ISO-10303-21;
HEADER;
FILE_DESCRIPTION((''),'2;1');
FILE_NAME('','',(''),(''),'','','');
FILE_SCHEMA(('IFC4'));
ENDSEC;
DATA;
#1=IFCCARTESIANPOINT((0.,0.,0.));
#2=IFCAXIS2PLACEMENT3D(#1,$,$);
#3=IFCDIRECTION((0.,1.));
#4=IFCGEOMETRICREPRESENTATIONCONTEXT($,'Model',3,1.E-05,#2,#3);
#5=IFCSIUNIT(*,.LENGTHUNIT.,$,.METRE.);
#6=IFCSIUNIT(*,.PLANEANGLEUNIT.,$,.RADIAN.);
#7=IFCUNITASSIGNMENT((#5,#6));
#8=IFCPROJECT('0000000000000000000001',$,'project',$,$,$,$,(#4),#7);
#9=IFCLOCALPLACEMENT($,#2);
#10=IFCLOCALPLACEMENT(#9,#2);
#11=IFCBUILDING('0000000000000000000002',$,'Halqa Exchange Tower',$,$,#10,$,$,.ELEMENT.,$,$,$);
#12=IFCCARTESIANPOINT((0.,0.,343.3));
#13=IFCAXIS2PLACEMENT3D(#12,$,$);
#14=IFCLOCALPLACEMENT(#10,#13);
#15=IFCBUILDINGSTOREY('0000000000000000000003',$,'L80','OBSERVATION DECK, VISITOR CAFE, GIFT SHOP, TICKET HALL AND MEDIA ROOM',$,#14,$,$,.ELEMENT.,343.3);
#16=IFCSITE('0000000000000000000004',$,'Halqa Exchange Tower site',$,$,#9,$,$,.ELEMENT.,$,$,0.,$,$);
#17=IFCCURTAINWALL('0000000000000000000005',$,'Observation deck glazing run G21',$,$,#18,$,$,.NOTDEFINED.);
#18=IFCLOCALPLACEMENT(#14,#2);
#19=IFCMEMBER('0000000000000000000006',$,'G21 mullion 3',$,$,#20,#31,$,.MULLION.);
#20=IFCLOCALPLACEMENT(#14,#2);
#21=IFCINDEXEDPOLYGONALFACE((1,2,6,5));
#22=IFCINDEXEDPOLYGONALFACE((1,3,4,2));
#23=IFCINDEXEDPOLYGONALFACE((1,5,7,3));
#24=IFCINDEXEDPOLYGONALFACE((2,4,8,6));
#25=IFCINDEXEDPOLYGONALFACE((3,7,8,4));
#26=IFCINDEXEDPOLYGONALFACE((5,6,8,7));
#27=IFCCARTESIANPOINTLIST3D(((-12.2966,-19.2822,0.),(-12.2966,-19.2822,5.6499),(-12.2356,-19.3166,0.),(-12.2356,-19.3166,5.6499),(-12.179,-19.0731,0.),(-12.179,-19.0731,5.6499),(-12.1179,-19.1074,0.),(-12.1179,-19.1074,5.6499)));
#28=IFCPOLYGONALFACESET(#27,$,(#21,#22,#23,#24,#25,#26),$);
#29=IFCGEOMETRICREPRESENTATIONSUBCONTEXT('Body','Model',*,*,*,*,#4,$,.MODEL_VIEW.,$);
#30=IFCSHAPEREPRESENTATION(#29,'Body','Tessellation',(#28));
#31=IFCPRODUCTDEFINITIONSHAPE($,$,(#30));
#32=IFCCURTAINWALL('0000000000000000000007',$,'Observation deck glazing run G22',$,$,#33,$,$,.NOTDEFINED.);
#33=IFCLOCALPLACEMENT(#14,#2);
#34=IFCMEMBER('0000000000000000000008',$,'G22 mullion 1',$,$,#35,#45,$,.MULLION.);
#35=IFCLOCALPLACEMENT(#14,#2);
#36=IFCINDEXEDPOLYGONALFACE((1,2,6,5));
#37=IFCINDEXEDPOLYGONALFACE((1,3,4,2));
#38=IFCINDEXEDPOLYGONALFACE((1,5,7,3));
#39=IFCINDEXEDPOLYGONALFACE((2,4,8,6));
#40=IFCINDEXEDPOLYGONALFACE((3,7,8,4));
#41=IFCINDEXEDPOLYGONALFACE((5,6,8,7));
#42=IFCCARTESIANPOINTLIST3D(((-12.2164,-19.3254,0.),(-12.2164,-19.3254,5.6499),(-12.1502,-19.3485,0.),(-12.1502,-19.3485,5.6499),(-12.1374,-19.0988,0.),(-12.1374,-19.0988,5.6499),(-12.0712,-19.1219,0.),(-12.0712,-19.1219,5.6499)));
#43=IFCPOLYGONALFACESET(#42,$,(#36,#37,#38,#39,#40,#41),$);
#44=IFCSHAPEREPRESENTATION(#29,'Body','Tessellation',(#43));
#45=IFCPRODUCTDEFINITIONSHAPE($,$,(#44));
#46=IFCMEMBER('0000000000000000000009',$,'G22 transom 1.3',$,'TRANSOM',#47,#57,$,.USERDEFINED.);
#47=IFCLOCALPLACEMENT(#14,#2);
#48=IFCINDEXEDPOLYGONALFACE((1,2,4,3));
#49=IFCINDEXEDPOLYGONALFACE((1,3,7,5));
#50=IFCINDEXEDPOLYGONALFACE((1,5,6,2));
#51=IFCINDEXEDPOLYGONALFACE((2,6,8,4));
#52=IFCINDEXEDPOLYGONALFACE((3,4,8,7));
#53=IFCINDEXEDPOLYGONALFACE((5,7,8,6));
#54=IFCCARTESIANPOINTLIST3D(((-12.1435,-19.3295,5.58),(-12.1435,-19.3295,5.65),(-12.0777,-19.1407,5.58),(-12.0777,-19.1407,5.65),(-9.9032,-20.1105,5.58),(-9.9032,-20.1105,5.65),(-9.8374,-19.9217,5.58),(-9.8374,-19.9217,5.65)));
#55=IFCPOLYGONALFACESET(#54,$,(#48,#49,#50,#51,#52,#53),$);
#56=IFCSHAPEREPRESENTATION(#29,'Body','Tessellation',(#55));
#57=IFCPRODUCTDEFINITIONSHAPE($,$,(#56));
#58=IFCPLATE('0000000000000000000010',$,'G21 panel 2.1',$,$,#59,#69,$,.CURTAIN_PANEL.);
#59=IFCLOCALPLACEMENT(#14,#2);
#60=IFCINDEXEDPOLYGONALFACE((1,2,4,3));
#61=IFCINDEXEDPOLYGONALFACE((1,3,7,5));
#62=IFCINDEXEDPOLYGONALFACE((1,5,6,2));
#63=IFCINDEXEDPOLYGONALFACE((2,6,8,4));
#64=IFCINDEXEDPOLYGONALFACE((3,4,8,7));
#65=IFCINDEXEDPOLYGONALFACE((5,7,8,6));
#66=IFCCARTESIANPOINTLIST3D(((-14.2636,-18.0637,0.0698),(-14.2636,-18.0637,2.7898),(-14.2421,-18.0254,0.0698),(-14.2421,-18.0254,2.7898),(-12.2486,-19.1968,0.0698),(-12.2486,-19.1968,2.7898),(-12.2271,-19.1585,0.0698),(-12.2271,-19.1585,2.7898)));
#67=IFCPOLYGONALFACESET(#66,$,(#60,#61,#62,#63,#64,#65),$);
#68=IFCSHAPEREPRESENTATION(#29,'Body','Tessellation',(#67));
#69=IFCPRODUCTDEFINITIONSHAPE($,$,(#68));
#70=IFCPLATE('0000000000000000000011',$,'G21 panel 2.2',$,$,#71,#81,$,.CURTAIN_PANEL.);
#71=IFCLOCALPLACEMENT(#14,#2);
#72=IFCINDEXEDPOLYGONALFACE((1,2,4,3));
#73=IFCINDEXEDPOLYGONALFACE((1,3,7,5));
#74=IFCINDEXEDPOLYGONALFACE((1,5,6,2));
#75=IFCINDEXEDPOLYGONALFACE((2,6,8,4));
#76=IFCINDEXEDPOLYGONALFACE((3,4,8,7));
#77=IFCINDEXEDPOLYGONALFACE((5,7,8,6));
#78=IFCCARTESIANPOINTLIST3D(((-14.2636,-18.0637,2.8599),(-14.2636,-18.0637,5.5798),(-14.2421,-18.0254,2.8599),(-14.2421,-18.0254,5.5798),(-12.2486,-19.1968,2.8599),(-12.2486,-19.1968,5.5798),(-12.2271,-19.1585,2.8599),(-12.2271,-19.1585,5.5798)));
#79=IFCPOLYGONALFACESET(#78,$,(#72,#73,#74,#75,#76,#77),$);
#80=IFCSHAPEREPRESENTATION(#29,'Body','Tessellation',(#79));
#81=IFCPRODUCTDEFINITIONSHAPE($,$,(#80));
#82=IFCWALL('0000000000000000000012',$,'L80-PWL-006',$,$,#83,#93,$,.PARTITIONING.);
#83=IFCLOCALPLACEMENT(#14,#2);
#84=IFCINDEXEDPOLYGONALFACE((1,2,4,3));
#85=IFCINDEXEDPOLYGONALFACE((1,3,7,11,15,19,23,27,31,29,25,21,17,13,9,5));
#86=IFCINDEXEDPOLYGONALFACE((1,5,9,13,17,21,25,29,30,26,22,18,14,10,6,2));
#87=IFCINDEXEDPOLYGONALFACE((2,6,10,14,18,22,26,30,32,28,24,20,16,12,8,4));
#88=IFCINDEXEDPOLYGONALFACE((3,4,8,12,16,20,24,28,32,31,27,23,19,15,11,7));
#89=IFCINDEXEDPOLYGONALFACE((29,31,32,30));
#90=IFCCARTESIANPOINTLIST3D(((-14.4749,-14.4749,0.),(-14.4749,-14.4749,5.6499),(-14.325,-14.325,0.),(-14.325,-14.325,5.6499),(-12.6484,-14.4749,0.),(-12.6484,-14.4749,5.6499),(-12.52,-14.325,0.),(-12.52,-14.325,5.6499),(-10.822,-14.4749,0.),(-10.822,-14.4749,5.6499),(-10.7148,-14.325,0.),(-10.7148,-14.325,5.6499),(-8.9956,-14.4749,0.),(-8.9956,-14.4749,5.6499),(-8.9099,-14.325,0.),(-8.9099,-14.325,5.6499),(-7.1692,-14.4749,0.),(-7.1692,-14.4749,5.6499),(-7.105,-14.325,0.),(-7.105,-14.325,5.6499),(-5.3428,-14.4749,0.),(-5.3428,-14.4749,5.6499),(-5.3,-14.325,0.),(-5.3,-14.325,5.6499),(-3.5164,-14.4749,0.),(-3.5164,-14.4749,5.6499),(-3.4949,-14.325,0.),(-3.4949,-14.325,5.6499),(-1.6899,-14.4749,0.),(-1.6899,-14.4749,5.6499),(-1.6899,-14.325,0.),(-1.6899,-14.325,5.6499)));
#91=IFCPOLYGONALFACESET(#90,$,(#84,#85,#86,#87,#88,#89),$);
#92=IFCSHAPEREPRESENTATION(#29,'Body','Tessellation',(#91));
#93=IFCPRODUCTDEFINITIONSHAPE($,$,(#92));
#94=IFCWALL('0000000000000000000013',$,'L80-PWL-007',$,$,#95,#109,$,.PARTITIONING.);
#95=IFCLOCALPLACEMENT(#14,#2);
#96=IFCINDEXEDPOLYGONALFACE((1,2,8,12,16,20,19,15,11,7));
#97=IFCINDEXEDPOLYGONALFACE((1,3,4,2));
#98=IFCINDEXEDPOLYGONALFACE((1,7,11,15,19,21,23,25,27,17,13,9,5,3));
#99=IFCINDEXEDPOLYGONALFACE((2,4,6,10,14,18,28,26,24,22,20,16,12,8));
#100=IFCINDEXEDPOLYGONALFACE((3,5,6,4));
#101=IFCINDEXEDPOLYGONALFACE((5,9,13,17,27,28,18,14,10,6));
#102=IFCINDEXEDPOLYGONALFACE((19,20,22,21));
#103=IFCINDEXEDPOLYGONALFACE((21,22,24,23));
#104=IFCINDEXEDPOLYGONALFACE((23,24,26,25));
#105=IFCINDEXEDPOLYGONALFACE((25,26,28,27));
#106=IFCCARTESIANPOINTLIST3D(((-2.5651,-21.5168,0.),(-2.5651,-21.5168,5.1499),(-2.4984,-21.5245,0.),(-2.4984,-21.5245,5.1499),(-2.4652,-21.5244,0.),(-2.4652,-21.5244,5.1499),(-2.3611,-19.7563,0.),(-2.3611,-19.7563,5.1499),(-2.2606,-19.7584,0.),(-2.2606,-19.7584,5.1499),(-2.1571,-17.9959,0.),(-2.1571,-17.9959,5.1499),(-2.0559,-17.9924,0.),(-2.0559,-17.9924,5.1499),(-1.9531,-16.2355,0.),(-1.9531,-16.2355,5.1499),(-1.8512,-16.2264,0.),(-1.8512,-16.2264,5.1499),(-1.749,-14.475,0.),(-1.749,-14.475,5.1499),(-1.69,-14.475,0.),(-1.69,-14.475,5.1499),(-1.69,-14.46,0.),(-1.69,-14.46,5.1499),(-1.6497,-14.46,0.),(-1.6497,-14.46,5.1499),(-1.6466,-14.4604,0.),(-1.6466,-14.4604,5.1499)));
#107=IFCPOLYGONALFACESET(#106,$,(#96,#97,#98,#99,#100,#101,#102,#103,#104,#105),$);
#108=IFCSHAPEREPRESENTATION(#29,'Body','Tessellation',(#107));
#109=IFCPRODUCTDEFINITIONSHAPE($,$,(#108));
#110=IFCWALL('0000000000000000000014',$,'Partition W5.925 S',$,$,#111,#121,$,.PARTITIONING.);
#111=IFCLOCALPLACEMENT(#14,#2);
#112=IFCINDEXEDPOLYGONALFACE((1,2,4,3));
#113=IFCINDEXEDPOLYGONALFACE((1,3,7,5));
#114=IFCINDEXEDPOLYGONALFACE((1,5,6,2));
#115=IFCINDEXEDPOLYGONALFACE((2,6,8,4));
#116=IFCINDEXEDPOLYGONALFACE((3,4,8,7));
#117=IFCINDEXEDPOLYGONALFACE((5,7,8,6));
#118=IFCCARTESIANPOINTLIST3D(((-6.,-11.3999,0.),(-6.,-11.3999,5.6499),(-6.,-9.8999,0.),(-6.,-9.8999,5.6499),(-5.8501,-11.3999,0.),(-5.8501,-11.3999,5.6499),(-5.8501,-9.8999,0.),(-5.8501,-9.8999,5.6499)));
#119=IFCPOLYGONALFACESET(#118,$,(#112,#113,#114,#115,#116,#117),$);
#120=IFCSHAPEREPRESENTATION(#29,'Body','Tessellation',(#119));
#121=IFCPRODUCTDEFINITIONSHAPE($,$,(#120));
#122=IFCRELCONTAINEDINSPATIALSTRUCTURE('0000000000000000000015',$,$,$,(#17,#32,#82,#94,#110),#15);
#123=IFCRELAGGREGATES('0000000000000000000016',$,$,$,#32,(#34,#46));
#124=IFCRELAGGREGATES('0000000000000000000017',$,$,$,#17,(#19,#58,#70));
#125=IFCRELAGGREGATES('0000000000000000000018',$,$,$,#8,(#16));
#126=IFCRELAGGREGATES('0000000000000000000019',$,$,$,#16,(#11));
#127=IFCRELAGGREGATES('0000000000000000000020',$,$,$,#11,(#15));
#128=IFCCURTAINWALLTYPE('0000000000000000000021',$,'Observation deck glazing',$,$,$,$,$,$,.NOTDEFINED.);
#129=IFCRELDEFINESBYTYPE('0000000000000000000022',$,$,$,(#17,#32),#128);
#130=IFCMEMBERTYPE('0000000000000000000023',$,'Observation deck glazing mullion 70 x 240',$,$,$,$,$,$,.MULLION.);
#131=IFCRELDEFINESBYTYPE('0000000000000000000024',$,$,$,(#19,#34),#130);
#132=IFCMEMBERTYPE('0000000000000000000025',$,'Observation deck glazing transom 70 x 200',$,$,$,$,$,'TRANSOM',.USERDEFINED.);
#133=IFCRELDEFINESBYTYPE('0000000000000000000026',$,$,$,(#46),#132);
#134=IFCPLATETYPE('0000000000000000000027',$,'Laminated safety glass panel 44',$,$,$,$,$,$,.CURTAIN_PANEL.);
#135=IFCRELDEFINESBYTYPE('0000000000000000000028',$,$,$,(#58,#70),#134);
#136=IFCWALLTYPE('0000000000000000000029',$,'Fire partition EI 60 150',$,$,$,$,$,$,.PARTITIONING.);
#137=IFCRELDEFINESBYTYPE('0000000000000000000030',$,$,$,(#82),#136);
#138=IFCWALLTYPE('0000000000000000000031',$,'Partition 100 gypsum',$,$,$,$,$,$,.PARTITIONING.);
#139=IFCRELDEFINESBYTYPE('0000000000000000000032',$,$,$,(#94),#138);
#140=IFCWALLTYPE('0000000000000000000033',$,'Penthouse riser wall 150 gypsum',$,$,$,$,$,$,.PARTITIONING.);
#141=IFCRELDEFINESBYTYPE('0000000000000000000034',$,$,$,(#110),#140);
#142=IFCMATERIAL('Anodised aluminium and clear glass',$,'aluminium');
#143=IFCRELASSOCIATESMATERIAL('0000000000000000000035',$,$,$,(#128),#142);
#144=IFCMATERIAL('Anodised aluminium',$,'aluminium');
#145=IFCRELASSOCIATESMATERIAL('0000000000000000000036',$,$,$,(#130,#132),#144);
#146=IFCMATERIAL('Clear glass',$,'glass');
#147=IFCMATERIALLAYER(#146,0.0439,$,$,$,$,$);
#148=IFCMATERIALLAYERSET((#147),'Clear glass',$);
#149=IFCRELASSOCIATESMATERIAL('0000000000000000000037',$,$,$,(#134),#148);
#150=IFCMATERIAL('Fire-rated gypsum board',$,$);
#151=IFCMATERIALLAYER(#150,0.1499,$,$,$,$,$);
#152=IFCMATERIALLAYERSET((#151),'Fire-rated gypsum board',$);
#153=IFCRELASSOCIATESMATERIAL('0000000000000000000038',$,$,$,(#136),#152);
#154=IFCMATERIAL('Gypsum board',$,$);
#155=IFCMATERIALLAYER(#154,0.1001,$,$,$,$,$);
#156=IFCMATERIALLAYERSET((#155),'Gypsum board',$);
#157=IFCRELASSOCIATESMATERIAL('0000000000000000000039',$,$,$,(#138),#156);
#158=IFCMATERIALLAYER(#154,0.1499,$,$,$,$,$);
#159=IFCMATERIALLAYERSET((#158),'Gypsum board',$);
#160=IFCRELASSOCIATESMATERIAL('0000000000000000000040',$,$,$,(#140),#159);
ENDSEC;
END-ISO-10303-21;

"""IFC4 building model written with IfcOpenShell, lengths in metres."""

from ifc_helpers import new_model, si_unit, direction, frame, frame_2d, origin, origin_2d, place, context, subcontext, project, spatial, polyline, rectangle, outline, extrude, material, layer, layer_set, material_profile, profile_set, type_object, element, aggregate, save


model = new_model("IFC4")

# Units and contexts
model_context = context("Model", 3, precision=1e-05, world=origin(), true_north=direction((0.0, 1.0)))
body_context = subcontext(model_context, "Body", "Model", "MODEL_VIEW")
ifc_project = project(units=[si_unit("LENGTHUNIT", "METRE"), si_unit("PLANEANGLEUNIT", "RADIAN")], contexts=[model_context])

# Site, building, storey
site_placement = place(None, origin())
site = spatial("IfcSite", under=ifc_project, at=site_placement, Name="Halqa Exchange Tower site", CompositionType="ELEMENT", RefElevation=0.0)
building_placement = place(site_placement, origin())
building = spatial("IfcBuilding", under=site, at=building_placement, Name="Halqa Exchange Tower", CompositionType="ELEMENT")
storey_placement = place(building_placement, frame((0.0, 0.0, 343.3)))
storey = spatial("IfcBuildingStorey", under=building, at=storey_placement, Name="L80", Description="OBSERVATION DECK, VISITOR CAFE, GIFT SHOP, TICKET HALL AND MEDIA ROOM", CompositionType="ELEMENT", Elevation=343.3)

# Curtain wall, member
ifc_material_1 = material(Name="Anodised aluminium and clear glass", Category="aluminium")
curtain_wall_type = type_object("IfcCurtainWallType", Name="Observation deck glazing", PredefinedType="NOTDEFINED", material=ifc_material_1)
curtain_wall_1_placement = place(storey_placement, origin())
curtain_wall_1 = element("IfcCurtainWall", 1, at=curtain_wall_1_placement, inside=storey, type_object=curtain_wall_type, Name="Observation deck glazing run G21", PredefinedType="NOTDEFINED")
ifc_material_2 = material(Name="Anodised aluminium", Category="aluminium")
ifc_material_profile_1 = material_profile(ifc_material_2, rectangle(XDim=0.24, YDim=0.0701, at=origin_2d()), Name="AL 70x240")
ifc_profile_set_1 = profile_set([ifc_material_profile_1], Name="Anodised aluminium")
member_type_1 = type_object("IfcMemberType", Name="Observation deck glazing mullion 70 x 240", PredefinedType="MULLION", material=ifc_profile_set_1)
member_1_placement = place(storey_placement, frame((-12.2073, -19.1948, 0.0), z_axis=(0.0, 0.0, 1.0), x_axis=(0.490158, 0.871634, 0.0)))
member_1 = element("IfcMember", 2, at=member_1_placement, type_object=member_type_1, Name="G21 mullion 3", PredefinedType="MULLION", context=body_context, shape_type="SweptSolid", body=[
    extrude(rectangle(XDim=0.24, YDim=0.0701, at=origin_2d()), origin(), (0.0, 0.0, 1.0), 5.6499),
])

# Curtain wall, members
curtain_wall_2_placement = place(storey_placement, origin())
curtain_wall_2 = element("IfcCurtainWall", 3, at=curtain_wall_2_placement, inside=storey, type_object=curtain_wall_type, Name="Observation deck glazing run G22", PredefinedType="NOTDEFINED")
member_2_placement = place(storey_placement, frame((-12.1438, -19.2236, 0.0), z_axis=(0.0, 0.0, 1.0), x_axis=(0.32916, 0.944274, 0.0)))
member_2 = element("IfcMember", 4, at=member_2_placement, type_object=member_type_1, Name="G22 mullion 1", PredefinedType="MULLION", context=body_context, shape_type="SweptSolid", body=[
    extrude(rectangle(XDim=0.24, YDim=0.0701, at=origin_2d()), origin(), (0.0, 0.0, 1.0), 5.6499),
])
ifc_material_profile_2 = material_profile(ifc_material_2, rectangle(XDim=0.2, YDim=0.0701, at=origin_2d()), Name="AL 70x200")
ifc_profile_set_2 = profile_set([ifc_material_profile_2], Name="Anodised aluminium")
member_type_2 = type_object("IfcMemberType", Name="Observation deck glazing transom 70 x 200", ElementType="TRANSOM", PredefinedType="USERDEFINED", material=ifc_profile_set_2)
member_3_placement = place(storey_placement, frame((-12.1106, -19.2351, 5.615), z_axis=(0.944262, -0.329195, 0.0), x_axis=(0.329195, 0.944262, 0.0)))
member_3 = element("IfcMember", 5, at=member_3_placement, type_object=member_type_2, Name="G22 transom 1.3", ObjectType="TRANSOM", PredefinedType="USERDEFINED", context=body_context, shape_type="SweptSolid", body=[
    extrude(rectangle(XDim=0.2, YDim=0.0701, at=origin_2d()), origin(), (0.0, 0.0, 1.0), 2.3726),
])
aggregate(curtain_wall_2, [member_2, member_3])

# Plates
ifc_material_3 = material(Name="Clear glass", Category="glass")
ifc_layer_1 = layer(ifc_material_3, 0.0439)
ifc_layer_set_1 = layer_set([ifc_layer_1], Name="Clear glass")
plate_type = type_object("IfcPlateType", Name="Laminated safety glass panel 44", PredefinedType="CURTAIN_PANEL", material=ifc_layer_set_1)
plate_1_placement = place(storey_placement, frame((-13.2454, -18.6111, 0.0698), z_axis=(0.0, 0.0, 1.0), x_axis=(0.871634, -0.490158, 0.0)))
plate_1 = element("IfcPlate", 6, at=plate_1_placement, type_object=plate_type, Name="G21 panel 2.1", PredefinedType="CURTAIN_PANEL", context=body_context, shape_type="SweptSolid", body=[
    extrude(rectangle(XDim=2.3118, YDim=0.0439, at=origin_2d()), origin(), (0.0, 0.0, 1.0), 2.72),
])
plate_2_placement = place(storey_placement, frame((-13.2454, -18.6111, 2.8599), z_axis=(0.0, 0.0, 1.0), x_axis=(0.871634, -0.490158, 0.0)))
plate_2 = element("IfcPlate", 7, at=plate_2_placement, type_object=plate_type, Name="G21 panel 2.2", PredefinedType="CURTAIN_PANEL", context=body_context, shape_type="SweptSolid", body=[
    extrude(rectangle(XDim=2.3118, YDim=0.0439, at=origin_2d()), origin(), (0.0, 0.0, 1.0), 2.72),
])
aggregate(curtain_wall_1, [member_1, plate_1, plate_2])

# Walls
ifc_material_4 = material(Name="Fire-rated gypsum board")
ifc_layer_2 = layer(ifc_material_4, 0.1499)
ifc_layer_set_2 = layer_set([ifc_layer_2], Name="Fire-rated gypsum board")
wall_type_1 = type_object("IfcWallType", Name="Fire partition EI 60 150", PredefinedType="PARTITIONING", material=ifc_layer_set_2)
wall_1_placement = place(storey_placement, frame((-1.6899, -14.3999, 0.0), z_axis=(0.0, 0.0, 1.0), x_axis=(-1.0, 0.0, 0.0)))
element("IfcWall", 8, at=wall_1_placement, inside=storey, type_object=wall_type_1, Name="L80-PWL-006", PredefinedType="PARTITIONING", context=body_context, shape_type="SweptSolid", body=[
    extrude(outline(polyline([(0.0, -0.075), (1.8049, -0.075), (3.6101, -0.075), (5.415, -0.075), (7.22, -0.075), (9.0249, -0.075), (10.8301, -0.075), (12.635, -0.075), (12.7849, 0.075), (10.9585, 0.075), (9.1321, 0.075), (7.3057, 0.075), (5.4792, 0.075), (3.6528, 0.075), (1.8264, 0.075), (0.0, 0.075), (0.0, -0.075)])), origin(), (0.0, 0.0, 1.0), 5.6499),
])
ifc_material_5 = material(Name="Gypsum board")
ifc_layer_3 = layer(ifc_material_5, 0.1001)
ifc_layer_set_3 = layer_set([ifc_layer_3], Name="Gypsum board")
wall_type_2 = type_object("IfcWallType", Name="Partition 100 gypsum", PredefinedType="PARTITIONING", material=ifc_layer_set_3)
wall_2_placement = place(storey_placement, frame((-1.6963, -14.4546, 0.0), z_axis=(0.0, 0.0, 1.0), x_axis=(-0.115119, -0.993352, 0.0)))
element("IfcWall", 9, at=wall_2_placement, inside=storey, type_object=wall_type_2, Name="L80-PWL-007", PredefinedType="PARTITIONING", context=body_context, shape_type="SweptSolid", body=[
    extrude(outline(polyline([(7.1152, -0.05), (7.1152, 0.0171), (7.1113, 0.05), (5.3335, 0.05), (3.5557, 0.05), (1.7778, 0.05), (0.0, 0.05), (0.0, 0.0469), (0.0046, 0.0068), (0.0195, 0.0085), (0.0264, -0.05), (1.7986, -0.05), (3.5708, -0.05), (5.343, -0.05), (7.1152, -0.05)])), origin(), (0.0, 0.0, 1.0), 5.1499),
])
ifc_layer_4 = layer(ifc_material_5, 0.1499)
ifc_layer_set_4 = layer_set([ifc_layer_4], Name="Gypsum board")
wall_type_3 = type_object("IfcWallType", Name="Penthouse riser wall 150 gypsum", PredefinedType="PARTITIONING", material=ifc_layer_set_4)
wall_3_placement = place(storey_placement, frame((-5.925, -11.3999, 0.0), z_axis=(0.0, 0.0, 1.0), x_axis=(0.0, 1.0, 0.0)))
element("IfcWall", 10, at=wall_3_placement, inside=storey, type_object=wall_type_3, Name="Partition W5.925 S", PredefinedType="PARTITIONING", context=body_context, shape_type="SweptSolid", body=[
    extrude(rectangle(XDim=1.5, YDim=0.1499, at=frame_2d((0.75, 0.0))), origin(), (0.0, 0.0, 1.0), 5.6499),
])

save(model, "model.ifc")
